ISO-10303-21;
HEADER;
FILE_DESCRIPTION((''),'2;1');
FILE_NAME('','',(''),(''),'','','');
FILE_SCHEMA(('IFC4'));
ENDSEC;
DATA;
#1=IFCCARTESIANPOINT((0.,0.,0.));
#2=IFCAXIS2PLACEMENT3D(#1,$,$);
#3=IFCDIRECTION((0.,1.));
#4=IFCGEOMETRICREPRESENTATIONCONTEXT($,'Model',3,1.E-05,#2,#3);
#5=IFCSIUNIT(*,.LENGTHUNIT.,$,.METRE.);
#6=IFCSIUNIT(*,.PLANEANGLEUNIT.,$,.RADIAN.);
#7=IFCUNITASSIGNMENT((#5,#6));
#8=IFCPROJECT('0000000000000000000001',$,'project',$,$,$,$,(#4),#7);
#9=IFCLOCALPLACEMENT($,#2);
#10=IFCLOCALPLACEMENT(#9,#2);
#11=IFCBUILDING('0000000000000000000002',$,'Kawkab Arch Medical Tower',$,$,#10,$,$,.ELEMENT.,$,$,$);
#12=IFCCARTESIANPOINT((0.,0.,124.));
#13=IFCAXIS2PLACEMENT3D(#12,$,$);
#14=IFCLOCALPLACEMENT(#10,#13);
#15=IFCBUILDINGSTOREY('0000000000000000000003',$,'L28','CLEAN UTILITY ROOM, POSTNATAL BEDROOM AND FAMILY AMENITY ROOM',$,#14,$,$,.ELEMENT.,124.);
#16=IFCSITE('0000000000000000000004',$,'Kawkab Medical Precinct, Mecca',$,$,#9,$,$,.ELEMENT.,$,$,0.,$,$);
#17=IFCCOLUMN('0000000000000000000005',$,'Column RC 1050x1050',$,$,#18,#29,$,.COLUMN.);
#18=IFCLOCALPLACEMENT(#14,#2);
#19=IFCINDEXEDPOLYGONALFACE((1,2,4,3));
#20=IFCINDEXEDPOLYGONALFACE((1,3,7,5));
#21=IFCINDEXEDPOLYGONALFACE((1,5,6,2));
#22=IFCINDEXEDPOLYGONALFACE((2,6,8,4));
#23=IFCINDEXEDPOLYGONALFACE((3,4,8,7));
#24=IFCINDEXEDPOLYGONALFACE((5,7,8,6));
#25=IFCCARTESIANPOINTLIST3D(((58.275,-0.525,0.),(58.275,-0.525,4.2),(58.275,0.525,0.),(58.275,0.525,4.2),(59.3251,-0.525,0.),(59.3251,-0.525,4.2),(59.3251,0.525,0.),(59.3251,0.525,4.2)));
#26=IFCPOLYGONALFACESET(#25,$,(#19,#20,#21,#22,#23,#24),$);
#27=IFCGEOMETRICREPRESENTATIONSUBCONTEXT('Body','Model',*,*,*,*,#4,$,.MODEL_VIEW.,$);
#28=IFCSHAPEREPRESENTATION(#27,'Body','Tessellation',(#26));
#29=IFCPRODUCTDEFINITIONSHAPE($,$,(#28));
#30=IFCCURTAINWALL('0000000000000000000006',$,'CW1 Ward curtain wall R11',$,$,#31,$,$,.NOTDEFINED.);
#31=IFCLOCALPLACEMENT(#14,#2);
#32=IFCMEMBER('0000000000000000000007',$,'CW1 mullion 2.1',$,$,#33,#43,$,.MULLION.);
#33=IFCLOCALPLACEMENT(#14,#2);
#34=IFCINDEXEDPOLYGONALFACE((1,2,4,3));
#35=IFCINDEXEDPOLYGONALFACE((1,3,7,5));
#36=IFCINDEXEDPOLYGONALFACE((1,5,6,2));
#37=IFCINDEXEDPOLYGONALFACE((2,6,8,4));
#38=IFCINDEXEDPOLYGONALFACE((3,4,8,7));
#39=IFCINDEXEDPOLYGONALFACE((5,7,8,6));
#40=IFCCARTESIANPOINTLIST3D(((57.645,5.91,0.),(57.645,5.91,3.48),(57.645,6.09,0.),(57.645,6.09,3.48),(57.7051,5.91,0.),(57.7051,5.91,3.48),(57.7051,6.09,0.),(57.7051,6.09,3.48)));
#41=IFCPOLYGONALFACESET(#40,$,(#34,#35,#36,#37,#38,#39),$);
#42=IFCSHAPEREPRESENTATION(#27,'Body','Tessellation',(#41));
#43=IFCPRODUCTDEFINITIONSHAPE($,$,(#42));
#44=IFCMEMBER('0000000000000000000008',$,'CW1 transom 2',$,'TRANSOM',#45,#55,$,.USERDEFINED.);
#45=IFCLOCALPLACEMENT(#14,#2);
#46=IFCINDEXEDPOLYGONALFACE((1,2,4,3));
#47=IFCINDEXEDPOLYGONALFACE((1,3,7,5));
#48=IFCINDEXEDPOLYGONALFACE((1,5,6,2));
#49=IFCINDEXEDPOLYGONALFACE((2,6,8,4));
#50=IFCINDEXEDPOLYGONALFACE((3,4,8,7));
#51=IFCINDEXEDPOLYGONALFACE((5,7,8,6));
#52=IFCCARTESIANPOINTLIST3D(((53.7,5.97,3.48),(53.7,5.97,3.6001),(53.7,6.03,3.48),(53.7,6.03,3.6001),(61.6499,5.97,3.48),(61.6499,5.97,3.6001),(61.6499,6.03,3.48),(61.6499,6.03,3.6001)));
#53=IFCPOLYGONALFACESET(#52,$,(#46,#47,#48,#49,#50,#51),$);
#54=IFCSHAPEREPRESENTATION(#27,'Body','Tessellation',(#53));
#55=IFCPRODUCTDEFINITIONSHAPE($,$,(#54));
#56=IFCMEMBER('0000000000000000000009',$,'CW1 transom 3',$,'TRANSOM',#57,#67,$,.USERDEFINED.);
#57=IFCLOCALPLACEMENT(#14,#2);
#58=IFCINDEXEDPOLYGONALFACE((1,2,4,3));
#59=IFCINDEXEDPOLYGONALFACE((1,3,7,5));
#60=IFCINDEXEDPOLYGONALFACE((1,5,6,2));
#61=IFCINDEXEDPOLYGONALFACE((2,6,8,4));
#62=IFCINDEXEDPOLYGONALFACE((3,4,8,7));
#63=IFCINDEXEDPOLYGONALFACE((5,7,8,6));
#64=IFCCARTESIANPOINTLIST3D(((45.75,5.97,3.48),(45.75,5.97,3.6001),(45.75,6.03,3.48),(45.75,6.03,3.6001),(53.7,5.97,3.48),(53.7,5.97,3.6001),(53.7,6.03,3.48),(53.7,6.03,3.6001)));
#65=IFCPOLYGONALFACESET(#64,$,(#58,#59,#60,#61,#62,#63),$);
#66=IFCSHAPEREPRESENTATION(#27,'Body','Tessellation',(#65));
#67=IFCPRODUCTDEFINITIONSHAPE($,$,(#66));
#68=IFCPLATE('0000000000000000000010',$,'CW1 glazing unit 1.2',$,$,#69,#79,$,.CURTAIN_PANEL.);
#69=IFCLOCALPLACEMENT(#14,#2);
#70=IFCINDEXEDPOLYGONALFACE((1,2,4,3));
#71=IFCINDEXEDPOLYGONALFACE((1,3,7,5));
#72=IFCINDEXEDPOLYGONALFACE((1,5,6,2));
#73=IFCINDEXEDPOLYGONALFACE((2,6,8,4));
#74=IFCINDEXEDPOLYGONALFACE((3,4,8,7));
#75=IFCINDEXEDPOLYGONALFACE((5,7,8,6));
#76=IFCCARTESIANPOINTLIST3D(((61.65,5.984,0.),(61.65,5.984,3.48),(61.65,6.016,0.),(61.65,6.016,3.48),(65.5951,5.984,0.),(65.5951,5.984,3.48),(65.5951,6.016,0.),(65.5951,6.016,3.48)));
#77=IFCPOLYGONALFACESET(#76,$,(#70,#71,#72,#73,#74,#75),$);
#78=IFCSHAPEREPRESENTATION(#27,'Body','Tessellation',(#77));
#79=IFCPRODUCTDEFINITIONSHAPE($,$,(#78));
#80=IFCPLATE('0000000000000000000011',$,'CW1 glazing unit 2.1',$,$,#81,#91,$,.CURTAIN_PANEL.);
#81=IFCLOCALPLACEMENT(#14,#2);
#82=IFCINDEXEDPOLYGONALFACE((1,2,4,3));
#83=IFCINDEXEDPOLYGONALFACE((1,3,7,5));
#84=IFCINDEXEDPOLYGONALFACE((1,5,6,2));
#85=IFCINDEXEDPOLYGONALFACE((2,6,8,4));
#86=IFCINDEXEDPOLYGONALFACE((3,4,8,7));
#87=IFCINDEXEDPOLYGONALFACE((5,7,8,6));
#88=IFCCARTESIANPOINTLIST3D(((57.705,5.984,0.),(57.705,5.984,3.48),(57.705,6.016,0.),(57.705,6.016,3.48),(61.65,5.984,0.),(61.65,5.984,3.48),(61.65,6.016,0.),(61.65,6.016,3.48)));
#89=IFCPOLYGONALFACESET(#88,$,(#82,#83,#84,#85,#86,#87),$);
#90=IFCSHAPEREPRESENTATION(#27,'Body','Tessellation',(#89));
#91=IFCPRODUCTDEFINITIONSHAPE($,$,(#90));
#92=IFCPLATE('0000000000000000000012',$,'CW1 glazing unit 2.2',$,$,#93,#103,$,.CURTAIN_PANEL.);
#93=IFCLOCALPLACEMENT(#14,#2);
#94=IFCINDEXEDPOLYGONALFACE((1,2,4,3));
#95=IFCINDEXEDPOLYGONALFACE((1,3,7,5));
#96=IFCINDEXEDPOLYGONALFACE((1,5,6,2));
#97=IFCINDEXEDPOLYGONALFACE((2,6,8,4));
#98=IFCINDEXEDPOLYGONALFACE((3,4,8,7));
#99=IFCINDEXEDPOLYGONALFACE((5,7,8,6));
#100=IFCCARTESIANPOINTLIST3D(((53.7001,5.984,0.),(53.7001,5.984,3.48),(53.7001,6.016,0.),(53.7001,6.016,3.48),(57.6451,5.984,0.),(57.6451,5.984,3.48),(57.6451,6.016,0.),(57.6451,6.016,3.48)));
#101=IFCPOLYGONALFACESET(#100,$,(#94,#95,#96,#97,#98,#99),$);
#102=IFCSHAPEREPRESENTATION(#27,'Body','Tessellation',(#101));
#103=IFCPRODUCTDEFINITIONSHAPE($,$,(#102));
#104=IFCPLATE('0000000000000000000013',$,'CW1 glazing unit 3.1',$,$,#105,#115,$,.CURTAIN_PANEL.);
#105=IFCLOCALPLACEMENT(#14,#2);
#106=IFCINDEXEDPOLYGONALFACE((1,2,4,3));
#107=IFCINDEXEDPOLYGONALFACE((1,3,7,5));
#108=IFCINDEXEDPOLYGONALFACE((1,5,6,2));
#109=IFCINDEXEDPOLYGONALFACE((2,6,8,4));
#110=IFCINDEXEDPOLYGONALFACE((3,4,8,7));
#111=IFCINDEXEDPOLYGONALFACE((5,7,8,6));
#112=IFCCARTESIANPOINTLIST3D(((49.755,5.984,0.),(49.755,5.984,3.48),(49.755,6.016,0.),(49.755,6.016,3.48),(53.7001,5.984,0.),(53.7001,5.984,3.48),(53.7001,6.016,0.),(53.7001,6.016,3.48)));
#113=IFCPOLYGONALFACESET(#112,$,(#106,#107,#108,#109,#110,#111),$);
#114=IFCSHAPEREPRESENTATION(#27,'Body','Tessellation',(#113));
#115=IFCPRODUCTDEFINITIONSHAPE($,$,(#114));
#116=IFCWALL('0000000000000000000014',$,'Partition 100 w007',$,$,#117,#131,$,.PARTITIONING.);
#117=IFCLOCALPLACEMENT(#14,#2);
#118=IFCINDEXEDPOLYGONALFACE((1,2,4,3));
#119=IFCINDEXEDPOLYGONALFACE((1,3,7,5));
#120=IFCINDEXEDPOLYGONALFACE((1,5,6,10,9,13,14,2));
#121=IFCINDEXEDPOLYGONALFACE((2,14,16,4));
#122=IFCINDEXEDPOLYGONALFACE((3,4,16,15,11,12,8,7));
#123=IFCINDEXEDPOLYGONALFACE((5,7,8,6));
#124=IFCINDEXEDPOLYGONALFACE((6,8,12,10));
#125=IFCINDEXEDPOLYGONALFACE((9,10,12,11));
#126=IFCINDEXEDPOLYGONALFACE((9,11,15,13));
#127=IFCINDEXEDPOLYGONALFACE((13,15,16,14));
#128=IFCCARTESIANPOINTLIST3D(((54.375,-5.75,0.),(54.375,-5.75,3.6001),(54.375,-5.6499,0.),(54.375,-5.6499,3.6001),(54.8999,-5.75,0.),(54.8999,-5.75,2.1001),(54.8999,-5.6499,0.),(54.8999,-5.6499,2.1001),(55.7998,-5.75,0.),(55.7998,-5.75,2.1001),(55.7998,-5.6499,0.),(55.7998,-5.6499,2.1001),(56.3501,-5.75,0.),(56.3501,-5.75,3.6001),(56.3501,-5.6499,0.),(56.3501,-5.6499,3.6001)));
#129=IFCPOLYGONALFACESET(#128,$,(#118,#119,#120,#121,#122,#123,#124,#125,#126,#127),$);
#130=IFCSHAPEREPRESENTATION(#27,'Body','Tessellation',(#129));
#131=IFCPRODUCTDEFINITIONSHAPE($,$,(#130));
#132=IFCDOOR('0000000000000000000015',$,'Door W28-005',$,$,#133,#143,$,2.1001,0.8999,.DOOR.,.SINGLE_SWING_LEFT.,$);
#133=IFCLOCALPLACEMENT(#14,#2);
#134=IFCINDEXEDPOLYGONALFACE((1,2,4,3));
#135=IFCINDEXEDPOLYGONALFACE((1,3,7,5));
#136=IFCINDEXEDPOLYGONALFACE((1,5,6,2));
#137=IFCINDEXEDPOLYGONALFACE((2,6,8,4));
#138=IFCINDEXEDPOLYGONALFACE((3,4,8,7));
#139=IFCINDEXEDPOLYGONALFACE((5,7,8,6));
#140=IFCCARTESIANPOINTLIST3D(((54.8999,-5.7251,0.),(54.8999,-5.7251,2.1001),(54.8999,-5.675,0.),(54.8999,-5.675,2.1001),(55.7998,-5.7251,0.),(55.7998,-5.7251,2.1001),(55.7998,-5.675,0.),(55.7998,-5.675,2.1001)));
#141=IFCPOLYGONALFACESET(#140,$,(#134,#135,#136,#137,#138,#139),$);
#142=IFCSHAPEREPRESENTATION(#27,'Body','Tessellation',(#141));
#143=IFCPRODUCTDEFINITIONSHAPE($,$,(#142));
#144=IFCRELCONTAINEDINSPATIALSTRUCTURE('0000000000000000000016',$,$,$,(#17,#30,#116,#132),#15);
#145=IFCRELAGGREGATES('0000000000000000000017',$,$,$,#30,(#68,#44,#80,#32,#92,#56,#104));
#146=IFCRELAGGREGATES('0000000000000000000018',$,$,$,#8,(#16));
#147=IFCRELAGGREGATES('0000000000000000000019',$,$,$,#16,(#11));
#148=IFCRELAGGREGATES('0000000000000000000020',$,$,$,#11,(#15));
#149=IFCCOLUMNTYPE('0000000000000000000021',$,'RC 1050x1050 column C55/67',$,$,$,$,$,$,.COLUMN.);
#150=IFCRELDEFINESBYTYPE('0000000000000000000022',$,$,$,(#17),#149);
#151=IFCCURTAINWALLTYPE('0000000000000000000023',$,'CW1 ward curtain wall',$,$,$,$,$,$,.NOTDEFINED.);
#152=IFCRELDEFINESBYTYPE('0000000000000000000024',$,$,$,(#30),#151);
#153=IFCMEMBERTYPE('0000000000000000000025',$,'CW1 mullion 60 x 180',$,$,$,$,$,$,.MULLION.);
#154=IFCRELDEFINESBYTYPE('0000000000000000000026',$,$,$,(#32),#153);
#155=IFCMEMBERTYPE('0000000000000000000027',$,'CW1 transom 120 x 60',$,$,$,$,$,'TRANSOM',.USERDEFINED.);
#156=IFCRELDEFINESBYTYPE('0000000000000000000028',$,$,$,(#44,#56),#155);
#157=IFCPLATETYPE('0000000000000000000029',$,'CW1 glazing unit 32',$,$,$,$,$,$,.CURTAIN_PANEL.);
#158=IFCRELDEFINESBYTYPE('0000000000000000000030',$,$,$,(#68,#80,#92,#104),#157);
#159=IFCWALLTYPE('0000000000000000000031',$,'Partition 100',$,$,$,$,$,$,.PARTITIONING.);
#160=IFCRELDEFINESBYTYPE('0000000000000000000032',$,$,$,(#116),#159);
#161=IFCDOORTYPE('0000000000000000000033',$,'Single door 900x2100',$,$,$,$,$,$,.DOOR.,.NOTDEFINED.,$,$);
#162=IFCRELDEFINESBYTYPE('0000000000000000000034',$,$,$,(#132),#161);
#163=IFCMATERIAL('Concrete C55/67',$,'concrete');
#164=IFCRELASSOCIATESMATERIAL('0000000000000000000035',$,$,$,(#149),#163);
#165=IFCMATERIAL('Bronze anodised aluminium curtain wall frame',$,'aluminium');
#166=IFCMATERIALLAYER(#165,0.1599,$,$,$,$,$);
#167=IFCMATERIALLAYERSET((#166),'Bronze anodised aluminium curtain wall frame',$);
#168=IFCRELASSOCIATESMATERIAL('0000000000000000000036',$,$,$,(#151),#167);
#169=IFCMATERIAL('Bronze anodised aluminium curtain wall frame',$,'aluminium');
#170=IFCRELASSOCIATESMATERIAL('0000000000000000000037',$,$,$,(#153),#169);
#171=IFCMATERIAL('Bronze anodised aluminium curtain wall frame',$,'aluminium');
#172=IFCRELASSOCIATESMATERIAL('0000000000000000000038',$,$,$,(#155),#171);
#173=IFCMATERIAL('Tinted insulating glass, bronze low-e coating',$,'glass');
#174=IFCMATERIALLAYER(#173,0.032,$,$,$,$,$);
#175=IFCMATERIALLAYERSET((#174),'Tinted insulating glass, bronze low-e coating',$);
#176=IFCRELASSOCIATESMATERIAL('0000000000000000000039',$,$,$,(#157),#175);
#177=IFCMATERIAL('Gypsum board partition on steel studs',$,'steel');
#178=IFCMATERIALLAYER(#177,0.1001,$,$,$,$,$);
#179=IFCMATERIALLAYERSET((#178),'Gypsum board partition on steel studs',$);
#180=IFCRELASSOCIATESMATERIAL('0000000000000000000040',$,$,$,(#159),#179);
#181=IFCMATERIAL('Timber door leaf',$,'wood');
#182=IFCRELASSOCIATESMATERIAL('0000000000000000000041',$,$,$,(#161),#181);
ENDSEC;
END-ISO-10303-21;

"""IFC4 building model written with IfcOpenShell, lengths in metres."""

from ifc_helpers import new_model, si_unit, direction, frame, frame_2d, origin, origin_2d, place, context, subcontext, project, spatial, rectangle, extrude, material, layer, layer_set, material_profile, profile_set, type_object, element, fill, aggregate, save


model = new_model("IFC4")

# Units and contexts
model_context = context("Model", 3, precision=1e-05, world=origin(), true_north=direction((0.0, 1.0)))
body_context = subcontext(model_context, "Body", "Model", "MODEL_VIEW")
ifc_project = project(units=[si_unit("LENGTHUNIT", "METRE"), si_unit("PLANEANGLEUNIT", "RADIAN")], contexts=[model_context])

# Site, building, storey
site_placement = place(None, origin())
site = spatial("IfcSite", under=ifc_project, at=site_placement, Name="Kawkab Medical Precinct, Mecca", CompositionType="ELEMENT", RefElevation=0.0)
building_placement = place(site_placement, origin())
building = spatial("IfcBuilding", under=site, at=building_placement, Name="Kawkab Arch Medical Tower", CompositionType="ELEMENT")
storey_placement = place(building_placement, frame((0.0, 0.0, 124.0)))
storey = spatial("IfcBuildingStorey", under=building, at=storey_placement, Name="L28", Description="CLEAN UTILITY ROOM, POSTNATAL BEDROOM AND FAMILY AMENITY ROOM", CompositionType="ELEMENT", Elevation=124.0)

# Column
ifc_material_1 = material(Name="Concrete C55/67", Category="concrete")
ifc_material_profile_1 = material_profile(ifc_material_1, rectangle(XDim=1.05, YDim=1.05, at=origin_2d()), Name="RC 1050x1050")
ifc_profile_set_1 = profile_set([ifc_material_profile_1], Name="Concrete C55/67")
column_type = type_object("IfcColumnType", Name="RC 1050x1050 column C55/67", PredefinedType="COLUMN", material=ifc_profile_set_1)
column_placement = place(storey_placement, frame((58.8, 0.0, 0.0), z_axis=(0.0, 0.0, 1.0), x_axis=(1.0, 0.0, 0.0)))
element("IfcColumn", 1, at=column_placement, inside=storey, type_object=column_type, Name="Column RC 1050x1050", PredefinedType="COLUMN", context=body_context, shape_type="SweptSolid", body=[
    extrude(rectangle(XDim=1.05, YDim=1.05, at=origin_2d()), origin(), (0.0, 0.0, 1.0), 4.2),
])

# Curtain wall, members, plates
ifc_material_2 = material(Name="Bronze anodised aluminium curtain wall frame", Category="aluminium")
ifc_layer_1 = layer(ifc_material_2, 0.1599)
ifc_layer_set_1 = layer_set([ifc_layer_1], Name="Bronze anodised aluminium curtain wall frame")
curtain_wall_type = type_object("IfcCurtainWallType", Name="CW1 ward curtain wall", PredefinedType="NOTDEFINED", material=ifc_layer_set_1)
curtain_wall_placement = place(storey_placement, origin())
curtain_wall = element("IfcCurtainWall", 2, at=curtain_wall_placement, inside=storey, type_object=curtain_wall_type, Name="CW1 Ward curtain wall R11", PredefinedType="NOTDEFINED")
ifc_material_3 = material(Name="Bronze anodised aluminium curtain wall frame", Category="aluminium")
ifc_material_profile_2 = material_profile(ifc_material_3, rectangle(XDim=0.1799, YDim=0.0601, at=origin_2d()), Name="AL 60x180")
ifc_profile_set_2 = profile_set([ifc_material_profile_2], Name="Bronze anodised aluminium curtain wall frame")
member_type_1 = type_object("IfcMemberType", Name="CW1 mullion 60 x 180", PredefinedType="MULLION", material=ifc_profile_set_2)
member_1_placement = place(storey_placement, frame((57.675, 6.0, 0.0), z_axis=(0.0, 0.0, 1.0), x_axis=(0.0, -1.0, 0.0)))
member_1 = element("IfcMember", 3, at=member_1_placement, type_object=member_type_1, Name="CW1 mullion 2.1", PredefinedType="MULLION", context=body_context, shape_type="SweptSolid", body=[
    extrude(rectangle(XDim=0.1799, YDim=0.0601, at=origin_2d()), origin(), (0.0, 0.0, 1.0), 3.48),
])
ifc_material_4 = material(Name="Bronze anodised aluminium curtain wall frame", Category="aluminium")
ifc_material_profile_3 = material_profile(ifc_material_4, rectangle(XDim=0.0601, YDim=0.1201, at=origin_2d()), Name="AL 60x120")
ifc_profile_set_3 = profile_set([ifc_material_profile_3], Name="Bronze anodised aluminium curtain wall frame")
member_type_2 = type_object("IfcMemberType", Name="CW1 transom 120 x 60", ElementType="TRANSOM", PredefinedType="USERDEFINED", material=ifc_profile_set_3)
member_2_placement = place(storey_placement, frame((61.6499, 6.0, 3.54), z_axis=(-1.0, 0.0, 0.0), x_axis=(0.0, -1.0, 0.0)))
member_2 = element("IfcMember", 4, at=member_2_placement, type_object=member_type_2, Name="CW1 transom 2", ObjectType="TRANSOM", PredefinedType="USERDEFINED", context=body_context, shape_type="SweptSolid", body=[
    extrude(rectangle(XDim=0.0601, YDim=0.1201, at=origin_2d()), origin(), (0.0, 0.0, 1.0), 7.95),
])
member_3_placement = place(storey_placement, frame((53.7, 6.0, 3.54), z_axis=(-1.0, 0.0, 0.0), x_axis=(0.0, -1.0, 0.0)))
member_3 = element("IfcMember", 5, at=member_3_placement, type_object=member_type_2, Name="CW1 transom 3", ObjectType="TRANSOM", PredefinedType="USERDEFINED", context=body_context, shape_type="SweptSolid", body=[
    extrude(rectangle(XDim=0.0601, YDim=0.1201, at=origin_2d()), origin(), (0.0, 0.0, 1.0), 7.95),
])
ifc_material_5 = material(Name="Tinted insulating glass, bronze low-e coating", Category="glass")
ifc_layer_2 = layer(ifc_material_5, 0.032)
ifc_layer_set_2 = layer_set([ifc_layer_2], Name="Tinted insulating glass, bronze low-e coating")
plate_type = type_object("IfcPlateType", Name="CW1 glazing unit 32", PredefinedType="CURTAIN_PANEL", material=ifc_layer_set_2)
plate_1_placement = place(storey_placement, frame((63.6226, 6.0, 0.0), z_axis=(0.0, 0.0, 1.0), x_axis=(-1.0, 0.0, 0.0)))
plate_1 = element("IfcPlate", 6, at=plate_1_placement, type_object=plate_type, Name="CW1 glazing unit 1.2", PredefinedType="CURTAIN_PANEL", context=body_context, shape_type="SweptSolid", body=[
    extrude(rectangle(XDim=3.9451, YDim=0.032, at=origin_2d()), origin(), (0.0, 0.0, 1.0), 3.48),
])
plate_2_placement = place(storey_placement, frame((59.6775, 6.0, 0.0), z_axis=(0.0, 0.0, 1.0), x_axis=(-1.0, 0.0, 0.0)))
plate_2 = element("IfcPlate", 7, at=plate_2_placement, type_object=plate_type, Name="CW1 glazing unit 2.1", PredefinedType="CURTAIN_PANEL", context=body_context, shape_type="SweptSolid", body=[
    extrude(rectangle(XDim=3.9451, YDim=0.032, at=origin_2d()), origin(), (0.0, 0.0, 1.0), 3.48),
])
plate_3_placement = place(storey_placement, frame((55.6726, 6.0, 0.0), z_axis=(0.0, 0.0, 1.0), x_axis=(-1.0, 0.0, 0.0)))
plate_3 = element("IfcPlate", 8, at=plate_3_placement, type_object=plate_type, Name="CW1 glazing unit 2.2", PredefinedType="CURTAIN_PANEL", context=body_context, shape_type="SweptSolid", body=[
    extrude(rectangle(XDim=3.9451, YDim=0.032, at=origin_2d()), origin(), (0.0, 0.0, 1.0), 3.48),
])
plate_4_placement = place(storey_placement, frame((51.7275, 6.0, 0.0), z_axis=(0.0, 0.0, 1.0), x_axis=(-1.0, 0.0, 0.0)))
plate_4 = element("IfcPlate", 9, at=plate_4_placement, type_object=plate_type, Name="CW1 glazing unit 3.1", PredefinedType="CURTAIN_PANEL", context=body_context, shape_type="SweptSolid", body=[
    extrude(rectangle(XDim=3.9451, YDim=0.032, at=origin_2d()), origin(), (0.0, 0.0, 1.0), 3.48),
])
aggregate(curtain_wall, [plate_1, member_2, plate_2, member_1, plate_3, member_3, plate_4])

# Wall, opening, door
ifc_material_6 = material(Name="Gypsum board partition on steel studs", Category="steel")
ifc_layer_3 = layer(ifc_material_6, 0.1001)
ifc_layer_set_3 = layer_set([ifc_layer_3], Name="Gypsum board partition on steel studs")
wall_type_1 = type_object("IfcWallType", Name="Partition 100", PredefinedType="PARTITIONING", material=ifc_layer_set_3)
wall_1_placement = place(storey_placement, frame((54.375, -5.7, 0.0), z_axis=(0.0, 0.0, 1.0), x_axis=(1.0, 0.0, 0.0)))
wall_1 = element("IfcWall", 10, at=wall_1_placement, inside=storey, type_object=wall_type_1, Name="Partition 100 w007", PredefinedType="PARTITIONING", context=body_context, shape_type="SweptSolid", body=[
    extrude(rectangle(XDim=1.9751, YDim=0.1001, at=frame_2d((0.9875, 0.0))), origin(), (0.0, 0.0, 1.0), 3.6001),
])
opening_1_placement = place(wall_1_placement, frame((0.5249, 0.0, 0.0)))
opening_1 = element("IfcOpeningElement", 11, at=opening_1_placement, cuts=wall_1, PredefinedType="OPENING", context=body_context, shape_type="SweptSolid", body=[
    extrude(rectangle(XDim=0.8999, YDim=2.1001, at=frame_2d((0.45, 1.05))), frame((0.0, 0.0601, 0.0), z_axis=(0.0, -1.0, 0.0), x_axis=(1.0, 0.0, 0.0)), (0.0, 0.0, 1.0), 0.1201),
])
ifc_material_7 = material(Name="Timber door leaf", Category="wood")
door_type = type_object("IfcDoorType", Name="Single door 900x2100", OperationType="NOTDEFINED", PredefinedType="DOOR", material=ifc_material_7)
door_1_placement = place(opening_1_placement, origin())
door_1 = element("IfcDoor", 12, at=door_1_placement, inside=storey, type_object=door_type, Name="Door W28-005", OperationType="SINGLE_SWING_LEFT", OverallHeight=2.1001, OverallWidth=0.8999, PredefinedType="DOOR", context=body_context, shape_type="SweptSolid", body=[
    extrude(rectangle(XDim=0.8999, YDim=2.1001, at=frame_2d((0.45, 1.05))), frame((0.0, 0.0249, 0.0), z_axis=(0.0, -1.0, 0.0), x_axis=(1.0, 0.0, 0.0)), (0.0, 0.0, 1.0), 0.05),
])
fill(opening_1, door_1)

save(model, "model.ifc")
